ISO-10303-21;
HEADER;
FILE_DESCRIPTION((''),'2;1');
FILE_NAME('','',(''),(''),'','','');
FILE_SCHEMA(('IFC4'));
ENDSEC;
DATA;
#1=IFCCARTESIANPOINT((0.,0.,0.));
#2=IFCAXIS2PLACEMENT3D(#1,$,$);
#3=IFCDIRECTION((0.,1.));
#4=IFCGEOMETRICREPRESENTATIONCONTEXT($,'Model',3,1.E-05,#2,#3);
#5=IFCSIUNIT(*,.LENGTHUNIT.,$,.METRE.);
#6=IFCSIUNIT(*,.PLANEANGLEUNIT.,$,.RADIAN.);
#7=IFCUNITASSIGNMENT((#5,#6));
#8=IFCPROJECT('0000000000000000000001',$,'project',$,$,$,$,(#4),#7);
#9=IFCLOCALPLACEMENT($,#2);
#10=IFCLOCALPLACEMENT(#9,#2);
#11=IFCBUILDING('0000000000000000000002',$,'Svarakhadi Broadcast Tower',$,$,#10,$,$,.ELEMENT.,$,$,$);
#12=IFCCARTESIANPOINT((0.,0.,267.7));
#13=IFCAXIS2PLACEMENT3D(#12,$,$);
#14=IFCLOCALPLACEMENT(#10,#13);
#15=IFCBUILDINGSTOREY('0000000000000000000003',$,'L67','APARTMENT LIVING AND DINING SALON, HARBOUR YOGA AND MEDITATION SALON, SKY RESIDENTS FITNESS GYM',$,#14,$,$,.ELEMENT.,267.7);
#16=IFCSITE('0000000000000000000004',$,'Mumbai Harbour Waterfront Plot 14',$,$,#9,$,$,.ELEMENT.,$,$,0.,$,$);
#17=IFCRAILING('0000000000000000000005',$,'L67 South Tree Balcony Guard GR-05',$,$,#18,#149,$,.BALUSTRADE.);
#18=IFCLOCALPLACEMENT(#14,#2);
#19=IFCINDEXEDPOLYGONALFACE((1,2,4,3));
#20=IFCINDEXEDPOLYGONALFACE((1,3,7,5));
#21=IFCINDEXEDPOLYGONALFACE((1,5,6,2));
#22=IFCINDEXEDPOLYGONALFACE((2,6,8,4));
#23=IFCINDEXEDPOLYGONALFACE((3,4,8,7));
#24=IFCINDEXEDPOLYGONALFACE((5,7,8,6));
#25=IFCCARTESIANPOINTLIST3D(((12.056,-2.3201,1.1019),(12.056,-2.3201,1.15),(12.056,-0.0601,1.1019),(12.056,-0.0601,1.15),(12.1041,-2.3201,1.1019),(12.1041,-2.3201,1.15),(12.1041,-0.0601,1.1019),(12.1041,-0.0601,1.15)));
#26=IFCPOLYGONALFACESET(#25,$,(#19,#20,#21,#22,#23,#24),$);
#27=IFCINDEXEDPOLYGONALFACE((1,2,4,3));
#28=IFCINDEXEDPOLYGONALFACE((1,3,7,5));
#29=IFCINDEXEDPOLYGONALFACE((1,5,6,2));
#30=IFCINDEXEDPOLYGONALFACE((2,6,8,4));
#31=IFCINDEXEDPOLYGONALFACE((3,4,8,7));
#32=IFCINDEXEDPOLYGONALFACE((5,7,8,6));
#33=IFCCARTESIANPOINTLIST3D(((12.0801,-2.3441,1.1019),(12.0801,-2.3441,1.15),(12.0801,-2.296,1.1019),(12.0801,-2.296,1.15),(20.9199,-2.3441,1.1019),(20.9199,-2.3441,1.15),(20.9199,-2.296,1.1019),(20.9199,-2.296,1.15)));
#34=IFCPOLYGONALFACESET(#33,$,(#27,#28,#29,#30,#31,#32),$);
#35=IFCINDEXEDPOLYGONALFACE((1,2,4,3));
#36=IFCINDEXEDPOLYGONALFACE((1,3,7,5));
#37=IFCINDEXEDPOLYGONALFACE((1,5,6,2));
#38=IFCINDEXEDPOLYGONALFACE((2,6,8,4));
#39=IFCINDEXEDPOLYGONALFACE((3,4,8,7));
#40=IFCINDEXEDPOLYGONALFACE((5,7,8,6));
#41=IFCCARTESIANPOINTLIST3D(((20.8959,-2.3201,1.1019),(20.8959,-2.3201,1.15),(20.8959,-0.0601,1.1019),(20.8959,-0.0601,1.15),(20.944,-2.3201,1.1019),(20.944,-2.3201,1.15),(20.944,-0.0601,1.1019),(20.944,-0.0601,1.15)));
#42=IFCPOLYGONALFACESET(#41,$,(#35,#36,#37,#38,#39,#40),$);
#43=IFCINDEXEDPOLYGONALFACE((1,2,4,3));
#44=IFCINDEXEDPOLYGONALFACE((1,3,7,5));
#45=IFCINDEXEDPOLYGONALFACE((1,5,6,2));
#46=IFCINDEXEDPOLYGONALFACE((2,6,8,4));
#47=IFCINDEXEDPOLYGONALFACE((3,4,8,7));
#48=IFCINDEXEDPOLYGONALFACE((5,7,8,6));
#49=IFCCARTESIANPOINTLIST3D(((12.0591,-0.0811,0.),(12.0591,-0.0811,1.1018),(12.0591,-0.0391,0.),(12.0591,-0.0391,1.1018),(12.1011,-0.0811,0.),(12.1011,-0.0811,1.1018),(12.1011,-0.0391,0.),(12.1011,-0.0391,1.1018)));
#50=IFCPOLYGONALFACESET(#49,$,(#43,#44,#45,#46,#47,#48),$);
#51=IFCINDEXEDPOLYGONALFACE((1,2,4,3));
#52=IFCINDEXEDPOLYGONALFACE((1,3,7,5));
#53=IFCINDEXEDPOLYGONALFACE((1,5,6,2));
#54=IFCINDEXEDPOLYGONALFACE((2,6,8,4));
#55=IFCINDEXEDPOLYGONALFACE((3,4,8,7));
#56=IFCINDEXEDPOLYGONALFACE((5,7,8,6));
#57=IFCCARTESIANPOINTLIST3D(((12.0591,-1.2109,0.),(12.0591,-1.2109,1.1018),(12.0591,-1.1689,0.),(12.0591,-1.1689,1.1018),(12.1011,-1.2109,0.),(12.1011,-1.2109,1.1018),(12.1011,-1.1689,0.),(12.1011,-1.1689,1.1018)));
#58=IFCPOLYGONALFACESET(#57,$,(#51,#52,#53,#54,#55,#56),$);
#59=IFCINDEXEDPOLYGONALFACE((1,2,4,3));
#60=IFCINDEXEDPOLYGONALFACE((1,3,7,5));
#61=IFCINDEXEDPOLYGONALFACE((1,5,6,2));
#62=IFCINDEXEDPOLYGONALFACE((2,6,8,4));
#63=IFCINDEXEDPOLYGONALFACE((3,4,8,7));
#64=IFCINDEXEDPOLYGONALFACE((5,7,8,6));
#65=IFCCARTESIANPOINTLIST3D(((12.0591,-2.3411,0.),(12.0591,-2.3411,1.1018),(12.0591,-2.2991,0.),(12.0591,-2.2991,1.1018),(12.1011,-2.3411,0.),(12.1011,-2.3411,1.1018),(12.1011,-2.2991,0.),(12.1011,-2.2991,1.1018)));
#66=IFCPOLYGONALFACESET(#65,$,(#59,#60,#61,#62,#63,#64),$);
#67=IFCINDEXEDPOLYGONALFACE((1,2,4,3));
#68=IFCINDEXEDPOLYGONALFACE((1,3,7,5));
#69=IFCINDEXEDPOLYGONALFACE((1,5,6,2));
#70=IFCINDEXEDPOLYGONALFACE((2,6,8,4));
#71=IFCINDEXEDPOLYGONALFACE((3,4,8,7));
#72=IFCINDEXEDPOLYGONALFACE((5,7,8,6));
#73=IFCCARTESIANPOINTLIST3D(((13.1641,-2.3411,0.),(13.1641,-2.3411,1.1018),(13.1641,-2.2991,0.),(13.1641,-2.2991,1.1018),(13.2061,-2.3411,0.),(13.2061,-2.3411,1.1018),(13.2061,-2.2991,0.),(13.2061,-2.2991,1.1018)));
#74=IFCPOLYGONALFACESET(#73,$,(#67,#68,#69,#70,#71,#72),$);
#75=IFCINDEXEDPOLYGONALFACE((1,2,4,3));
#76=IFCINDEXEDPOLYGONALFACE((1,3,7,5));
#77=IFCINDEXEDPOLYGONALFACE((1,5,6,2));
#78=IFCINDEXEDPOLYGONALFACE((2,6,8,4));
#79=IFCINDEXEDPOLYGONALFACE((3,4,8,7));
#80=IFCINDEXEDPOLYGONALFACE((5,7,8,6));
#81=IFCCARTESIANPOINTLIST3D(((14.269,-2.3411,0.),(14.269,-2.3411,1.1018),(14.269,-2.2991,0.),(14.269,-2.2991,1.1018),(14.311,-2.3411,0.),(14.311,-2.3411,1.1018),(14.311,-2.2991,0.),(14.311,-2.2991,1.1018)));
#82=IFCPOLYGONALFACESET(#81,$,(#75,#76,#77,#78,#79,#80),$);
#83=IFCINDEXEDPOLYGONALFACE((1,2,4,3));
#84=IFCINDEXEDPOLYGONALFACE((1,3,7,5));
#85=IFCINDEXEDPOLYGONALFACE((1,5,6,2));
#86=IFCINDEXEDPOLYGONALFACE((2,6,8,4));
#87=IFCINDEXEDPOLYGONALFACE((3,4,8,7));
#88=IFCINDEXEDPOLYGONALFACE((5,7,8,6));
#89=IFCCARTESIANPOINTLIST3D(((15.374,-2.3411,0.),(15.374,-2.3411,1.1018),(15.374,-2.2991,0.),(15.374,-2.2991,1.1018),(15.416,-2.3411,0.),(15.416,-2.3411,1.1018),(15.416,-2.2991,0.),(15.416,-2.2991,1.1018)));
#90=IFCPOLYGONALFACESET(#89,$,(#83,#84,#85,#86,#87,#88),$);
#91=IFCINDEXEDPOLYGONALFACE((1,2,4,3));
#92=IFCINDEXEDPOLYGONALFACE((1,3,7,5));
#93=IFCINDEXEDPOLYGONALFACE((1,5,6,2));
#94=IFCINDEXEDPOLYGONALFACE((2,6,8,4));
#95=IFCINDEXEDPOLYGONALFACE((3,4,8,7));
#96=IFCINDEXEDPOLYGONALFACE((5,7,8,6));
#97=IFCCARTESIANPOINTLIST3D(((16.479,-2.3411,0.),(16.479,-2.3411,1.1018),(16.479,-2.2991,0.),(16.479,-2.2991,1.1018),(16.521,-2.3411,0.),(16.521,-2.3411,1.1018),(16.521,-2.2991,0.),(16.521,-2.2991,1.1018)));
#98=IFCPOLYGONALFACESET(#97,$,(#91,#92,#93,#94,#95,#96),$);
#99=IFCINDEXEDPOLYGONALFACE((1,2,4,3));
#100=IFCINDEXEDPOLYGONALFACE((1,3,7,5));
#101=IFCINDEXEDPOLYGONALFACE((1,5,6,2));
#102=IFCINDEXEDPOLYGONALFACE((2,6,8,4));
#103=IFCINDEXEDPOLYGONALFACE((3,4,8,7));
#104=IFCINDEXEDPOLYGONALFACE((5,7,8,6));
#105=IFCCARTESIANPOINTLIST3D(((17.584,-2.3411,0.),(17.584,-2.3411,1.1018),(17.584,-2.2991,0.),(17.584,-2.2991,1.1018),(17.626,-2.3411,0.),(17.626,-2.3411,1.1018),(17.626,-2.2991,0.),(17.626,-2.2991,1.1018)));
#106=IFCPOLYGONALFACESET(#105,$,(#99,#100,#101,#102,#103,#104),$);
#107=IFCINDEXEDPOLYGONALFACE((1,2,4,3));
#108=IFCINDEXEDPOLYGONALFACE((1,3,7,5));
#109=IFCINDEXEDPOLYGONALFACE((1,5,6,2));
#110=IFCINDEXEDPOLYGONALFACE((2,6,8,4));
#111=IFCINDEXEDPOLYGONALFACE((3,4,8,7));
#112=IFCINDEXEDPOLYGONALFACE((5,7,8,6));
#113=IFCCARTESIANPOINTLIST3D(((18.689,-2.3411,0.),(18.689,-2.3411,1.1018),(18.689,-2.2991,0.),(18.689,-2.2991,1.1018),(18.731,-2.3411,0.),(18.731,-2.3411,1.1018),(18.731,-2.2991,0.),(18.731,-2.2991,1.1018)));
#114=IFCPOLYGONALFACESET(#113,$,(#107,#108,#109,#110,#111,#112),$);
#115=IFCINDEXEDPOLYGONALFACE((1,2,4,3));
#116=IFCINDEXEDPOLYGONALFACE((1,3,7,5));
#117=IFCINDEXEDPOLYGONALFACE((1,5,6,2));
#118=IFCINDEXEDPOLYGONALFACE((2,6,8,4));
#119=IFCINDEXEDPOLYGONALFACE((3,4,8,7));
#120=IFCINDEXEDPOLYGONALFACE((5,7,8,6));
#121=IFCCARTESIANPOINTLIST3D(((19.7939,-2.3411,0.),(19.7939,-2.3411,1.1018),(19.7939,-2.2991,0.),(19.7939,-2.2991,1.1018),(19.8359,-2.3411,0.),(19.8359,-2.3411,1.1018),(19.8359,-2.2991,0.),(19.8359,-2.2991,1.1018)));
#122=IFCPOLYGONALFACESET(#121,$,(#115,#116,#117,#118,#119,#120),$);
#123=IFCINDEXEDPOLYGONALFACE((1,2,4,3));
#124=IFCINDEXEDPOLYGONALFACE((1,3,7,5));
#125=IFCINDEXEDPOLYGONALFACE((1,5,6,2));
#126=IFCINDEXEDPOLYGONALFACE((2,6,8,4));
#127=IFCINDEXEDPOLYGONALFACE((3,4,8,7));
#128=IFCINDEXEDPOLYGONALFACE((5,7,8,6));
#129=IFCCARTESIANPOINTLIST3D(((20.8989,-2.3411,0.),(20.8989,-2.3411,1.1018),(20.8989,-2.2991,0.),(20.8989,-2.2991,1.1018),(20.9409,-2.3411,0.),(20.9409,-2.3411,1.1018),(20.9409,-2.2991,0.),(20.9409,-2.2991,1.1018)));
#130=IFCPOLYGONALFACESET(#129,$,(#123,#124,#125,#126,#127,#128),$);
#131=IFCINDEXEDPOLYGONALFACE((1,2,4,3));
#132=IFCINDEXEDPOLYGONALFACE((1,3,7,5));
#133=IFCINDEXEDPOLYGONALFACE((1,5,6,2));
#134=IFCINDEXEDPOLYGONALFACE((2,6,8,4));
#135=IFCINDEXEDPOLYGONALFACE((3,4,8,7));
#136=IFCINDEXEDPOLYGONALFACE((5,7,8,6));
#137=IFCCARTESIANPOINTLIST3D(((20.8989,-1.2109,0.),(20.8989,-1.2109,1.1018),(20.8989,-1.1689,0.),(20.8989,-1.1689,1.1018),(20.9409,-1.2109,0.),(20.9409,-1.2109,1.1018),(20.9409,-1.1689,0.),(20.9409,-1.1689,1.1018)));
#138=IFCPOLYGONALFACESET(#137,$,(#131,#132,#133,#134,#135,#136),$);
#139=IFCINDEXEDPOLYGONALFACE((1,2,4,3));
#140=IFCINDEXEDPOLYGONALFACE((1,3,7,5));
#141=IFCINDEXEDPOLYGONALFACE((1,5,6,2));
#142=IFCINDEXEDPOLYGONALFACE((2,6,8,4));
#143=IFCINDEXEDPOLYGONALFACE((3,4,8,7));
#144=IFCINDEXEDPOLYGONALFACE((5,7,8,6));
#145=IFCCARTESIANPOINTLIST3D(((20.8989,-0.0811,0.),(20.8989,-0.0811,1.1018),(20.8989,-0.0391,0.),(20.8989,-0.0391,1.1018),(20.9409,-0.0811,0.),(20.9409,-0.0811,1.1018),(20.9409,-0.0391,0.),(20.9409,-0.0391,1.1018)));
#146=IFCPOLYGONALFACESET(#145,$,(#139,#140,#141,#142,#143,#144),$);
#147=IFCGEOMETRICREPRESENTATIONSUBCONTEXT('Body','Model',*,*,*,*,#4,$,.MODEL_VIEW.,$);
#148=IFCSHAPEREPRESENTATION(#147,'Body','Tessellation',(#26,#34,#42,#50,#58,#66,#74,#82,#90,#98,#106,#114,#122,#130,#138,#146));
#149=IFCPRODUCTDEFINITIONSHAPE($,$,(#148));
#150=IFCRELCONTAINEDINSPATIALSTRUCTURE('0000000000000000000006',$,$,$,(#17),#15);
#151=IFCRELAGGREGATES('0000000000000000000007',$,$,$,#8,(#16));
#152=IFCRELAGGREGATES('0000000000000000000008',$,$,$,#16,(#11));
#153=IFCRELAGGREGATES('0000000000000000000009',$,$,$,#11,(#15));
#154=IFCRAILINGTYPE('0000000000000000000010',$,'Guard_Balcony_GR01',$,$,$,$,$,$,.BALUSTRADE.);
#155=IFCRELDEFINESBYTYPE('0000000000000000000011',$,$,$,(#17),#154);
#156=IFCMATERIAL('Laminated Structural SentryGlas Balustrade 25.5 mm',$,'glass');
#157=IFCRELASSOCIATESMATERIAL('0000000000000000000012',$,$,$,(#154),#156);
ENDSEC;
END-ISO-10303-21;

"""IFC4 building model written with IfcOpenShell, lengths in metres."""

from ifc_helpers import new_model, si_unit, direction, frame, origin, origin_2d, place, context, subcontext, project, spatial, rectangle, extrude, material, type_object, element, save


model = new_model("IFC4")

# Units and contexts
model_context = context("Model", 3, precision=1e-05, world=origin(), true_north=direction((0.0, 1.0)))
body_context = subcontext(model_context, "Body", "Model", "MODEL_VIEW")
ifc_project = project(units=[si_unit("LENGTHUNIT", "METRE"), si_unit("PLANEANGLEUNIT", "RADIAN")], contexts=[model_context])

# Site, building, storey
site_placement = place(None, origin())
site = spatial("IfcSite", under=ifc_project, at=site_placement, Name="Mumbai Harbour Waterfront Plot 14", CompositionType="ELEMENT", RefElevation=0.0)
building_placement = place(site_placement, origin())
building = spatial("IfcBuilding", under=site, at=building_placement, Name="Svarakhadi Broadcast Tower", CompositionType="ELEMENT")
storey_placement = place(building_placement, frame((0.0, 0.0, 267.7)))
storey = spatial("IfcBuildingStorey", under=building, at=storey_placement, Name="L67", Description="APARTMENT LIVING AND DINING SALON, HARBOUR YOGA AND MEDITATION SALON, SKY RESIDENTS FITNESS GYM", CompositionType="ELEMENT", Elevation=267.7)

# Railing
ifc_material_1 = material(Name="Laminated Structural SentryGlas Balustrade 25.5 mm", Category="glass")
railing_type = type_object("IfcRailingType", Name="Guard_Balcony_GR01", PredefinedType="BALUSTRADE", material=ifc_material_1)
railing_placement = place(storey_placement, frame((12.0801, -0.0601, 0.0)))
element("IfcRailing", 1, at=railing_placement, inside=storey, type_object=railing_type, Name="L67 South Tree Balcony Guard GR-05", PredefinedType="BALUSTRADE", context=body_context, shape_type="SweptSolid", body=[
    extrude(rectangle(XDim=0.0481, YDim=0.0481, at=origin_2d()), frame((0.0, 0.0, 1.126), z_axis=(0.0, -1.0, 0.0), x_axis=(1.0, 0.0, 0.0)), (0.0, 0.0, 1.0), 2.26),
    extrude(rectangle(XDim=0.0481, YDim=0.0481, at=origin_2d()), frame((0.0, -2.26, 1.126), z_axis=(1.0, 0.0, 0.0), x_axis=(0.0, 1.0, 0.0)), (0.0, 0.0, 1.0), 8.8398),
    extrude(rectangle(XDim=0.0481, YDim=0.0481, at=origin_2d()), frame((8.8398, -2.26, 1.126), z_axis=(0.0, 1.0, 0.0), x_axis=(-1.0, 0.0, 0.0)), (0.0, 0.0, 1.0), 2.26),
    extrude(rectangle(XDim=0.042, YDim=0.042, at=origin_2d()), origin(), (0.0, 0.0, 1.0), 1.1018),
    extrude(rectangle(XDim=0.042, YDim=0.042, at=origin_2d()), frame((0.0, -1.1299, 0.0)), (0.0, 0.0, 1.0), 1.1018),
    extrude(rectangle(XDim=0.042, YDim=0.042, at=origin_2d()), frame((0.0, -2.26, 0.0)), (0.0, 0.0, 1.0), 1.1018),
    extrude(rectangle(XDim=0.042, YDim=0.042, at=origin_2d()), frame((1.105, -2.26, 0.0)), (0.0, 0.0, 1.0), 1.1018),
    extrude(rectangle(XDim=0.042, YDim=0.042, at=origin_2d()), frame((2.21, -2.26, 0.0)), (0.0, 0.0, 1.0), 1.1018),
    extrude(rectangle(XDim=0.042, YDim=0.042, at=origin_2d()), frame((3.3149, -2.26, 0.0)), (0.0, 0.0, 1.0), 1.1018),
    extrude(rectangle(XDim=0.042, YDim=0.042, at=origin_2d()), frame((4.4199, -2.26, 0.0)), (0.0, 0.0, 1.0), 1.1018),
    extrude(rectangle(XDim=0.042, YDim=0.042, at=origin_2d()), frame((5.5249, -2.26, 0.0)), (0.0, 0.0, 1.0), 1.1018),
    extrude(rectangle(XDim=0.042, YDim=0.042, at=origin_2d()), frame((6.6299, -2.26, 0.0)), (0.0, 0.0, 1.0), 1.1018),
    extrude(rectangle(XDim=0.042, YDim=0.042, at=origin_2d()), frame((7.7349, -2.26, 0.0)), (0.0, 0.0, 1.0), 1.1018),
    extrude(rectangle(XDim=0.042, YDim=0.042, at=origin_2d()), frame((8.8398, -2.26, 0.0)), (0.0, 0.0, 1.0), 1.1018),
    extrude(rectangle(XDim=0.042, YDim=0.042, at=origin_2d()), frame((8.8398, -1.1299, 0.0)), (0.0, 0.0, 1.0), 1.1018),
    extrude(rectangle(XDim=0.042, YDim=0.042, at=origin_2d()), frame((8.8398, 0.0, 0.0)), (0.0, 0.0, 1.0), 1.1018),
])

save(model, "model.ifc")
